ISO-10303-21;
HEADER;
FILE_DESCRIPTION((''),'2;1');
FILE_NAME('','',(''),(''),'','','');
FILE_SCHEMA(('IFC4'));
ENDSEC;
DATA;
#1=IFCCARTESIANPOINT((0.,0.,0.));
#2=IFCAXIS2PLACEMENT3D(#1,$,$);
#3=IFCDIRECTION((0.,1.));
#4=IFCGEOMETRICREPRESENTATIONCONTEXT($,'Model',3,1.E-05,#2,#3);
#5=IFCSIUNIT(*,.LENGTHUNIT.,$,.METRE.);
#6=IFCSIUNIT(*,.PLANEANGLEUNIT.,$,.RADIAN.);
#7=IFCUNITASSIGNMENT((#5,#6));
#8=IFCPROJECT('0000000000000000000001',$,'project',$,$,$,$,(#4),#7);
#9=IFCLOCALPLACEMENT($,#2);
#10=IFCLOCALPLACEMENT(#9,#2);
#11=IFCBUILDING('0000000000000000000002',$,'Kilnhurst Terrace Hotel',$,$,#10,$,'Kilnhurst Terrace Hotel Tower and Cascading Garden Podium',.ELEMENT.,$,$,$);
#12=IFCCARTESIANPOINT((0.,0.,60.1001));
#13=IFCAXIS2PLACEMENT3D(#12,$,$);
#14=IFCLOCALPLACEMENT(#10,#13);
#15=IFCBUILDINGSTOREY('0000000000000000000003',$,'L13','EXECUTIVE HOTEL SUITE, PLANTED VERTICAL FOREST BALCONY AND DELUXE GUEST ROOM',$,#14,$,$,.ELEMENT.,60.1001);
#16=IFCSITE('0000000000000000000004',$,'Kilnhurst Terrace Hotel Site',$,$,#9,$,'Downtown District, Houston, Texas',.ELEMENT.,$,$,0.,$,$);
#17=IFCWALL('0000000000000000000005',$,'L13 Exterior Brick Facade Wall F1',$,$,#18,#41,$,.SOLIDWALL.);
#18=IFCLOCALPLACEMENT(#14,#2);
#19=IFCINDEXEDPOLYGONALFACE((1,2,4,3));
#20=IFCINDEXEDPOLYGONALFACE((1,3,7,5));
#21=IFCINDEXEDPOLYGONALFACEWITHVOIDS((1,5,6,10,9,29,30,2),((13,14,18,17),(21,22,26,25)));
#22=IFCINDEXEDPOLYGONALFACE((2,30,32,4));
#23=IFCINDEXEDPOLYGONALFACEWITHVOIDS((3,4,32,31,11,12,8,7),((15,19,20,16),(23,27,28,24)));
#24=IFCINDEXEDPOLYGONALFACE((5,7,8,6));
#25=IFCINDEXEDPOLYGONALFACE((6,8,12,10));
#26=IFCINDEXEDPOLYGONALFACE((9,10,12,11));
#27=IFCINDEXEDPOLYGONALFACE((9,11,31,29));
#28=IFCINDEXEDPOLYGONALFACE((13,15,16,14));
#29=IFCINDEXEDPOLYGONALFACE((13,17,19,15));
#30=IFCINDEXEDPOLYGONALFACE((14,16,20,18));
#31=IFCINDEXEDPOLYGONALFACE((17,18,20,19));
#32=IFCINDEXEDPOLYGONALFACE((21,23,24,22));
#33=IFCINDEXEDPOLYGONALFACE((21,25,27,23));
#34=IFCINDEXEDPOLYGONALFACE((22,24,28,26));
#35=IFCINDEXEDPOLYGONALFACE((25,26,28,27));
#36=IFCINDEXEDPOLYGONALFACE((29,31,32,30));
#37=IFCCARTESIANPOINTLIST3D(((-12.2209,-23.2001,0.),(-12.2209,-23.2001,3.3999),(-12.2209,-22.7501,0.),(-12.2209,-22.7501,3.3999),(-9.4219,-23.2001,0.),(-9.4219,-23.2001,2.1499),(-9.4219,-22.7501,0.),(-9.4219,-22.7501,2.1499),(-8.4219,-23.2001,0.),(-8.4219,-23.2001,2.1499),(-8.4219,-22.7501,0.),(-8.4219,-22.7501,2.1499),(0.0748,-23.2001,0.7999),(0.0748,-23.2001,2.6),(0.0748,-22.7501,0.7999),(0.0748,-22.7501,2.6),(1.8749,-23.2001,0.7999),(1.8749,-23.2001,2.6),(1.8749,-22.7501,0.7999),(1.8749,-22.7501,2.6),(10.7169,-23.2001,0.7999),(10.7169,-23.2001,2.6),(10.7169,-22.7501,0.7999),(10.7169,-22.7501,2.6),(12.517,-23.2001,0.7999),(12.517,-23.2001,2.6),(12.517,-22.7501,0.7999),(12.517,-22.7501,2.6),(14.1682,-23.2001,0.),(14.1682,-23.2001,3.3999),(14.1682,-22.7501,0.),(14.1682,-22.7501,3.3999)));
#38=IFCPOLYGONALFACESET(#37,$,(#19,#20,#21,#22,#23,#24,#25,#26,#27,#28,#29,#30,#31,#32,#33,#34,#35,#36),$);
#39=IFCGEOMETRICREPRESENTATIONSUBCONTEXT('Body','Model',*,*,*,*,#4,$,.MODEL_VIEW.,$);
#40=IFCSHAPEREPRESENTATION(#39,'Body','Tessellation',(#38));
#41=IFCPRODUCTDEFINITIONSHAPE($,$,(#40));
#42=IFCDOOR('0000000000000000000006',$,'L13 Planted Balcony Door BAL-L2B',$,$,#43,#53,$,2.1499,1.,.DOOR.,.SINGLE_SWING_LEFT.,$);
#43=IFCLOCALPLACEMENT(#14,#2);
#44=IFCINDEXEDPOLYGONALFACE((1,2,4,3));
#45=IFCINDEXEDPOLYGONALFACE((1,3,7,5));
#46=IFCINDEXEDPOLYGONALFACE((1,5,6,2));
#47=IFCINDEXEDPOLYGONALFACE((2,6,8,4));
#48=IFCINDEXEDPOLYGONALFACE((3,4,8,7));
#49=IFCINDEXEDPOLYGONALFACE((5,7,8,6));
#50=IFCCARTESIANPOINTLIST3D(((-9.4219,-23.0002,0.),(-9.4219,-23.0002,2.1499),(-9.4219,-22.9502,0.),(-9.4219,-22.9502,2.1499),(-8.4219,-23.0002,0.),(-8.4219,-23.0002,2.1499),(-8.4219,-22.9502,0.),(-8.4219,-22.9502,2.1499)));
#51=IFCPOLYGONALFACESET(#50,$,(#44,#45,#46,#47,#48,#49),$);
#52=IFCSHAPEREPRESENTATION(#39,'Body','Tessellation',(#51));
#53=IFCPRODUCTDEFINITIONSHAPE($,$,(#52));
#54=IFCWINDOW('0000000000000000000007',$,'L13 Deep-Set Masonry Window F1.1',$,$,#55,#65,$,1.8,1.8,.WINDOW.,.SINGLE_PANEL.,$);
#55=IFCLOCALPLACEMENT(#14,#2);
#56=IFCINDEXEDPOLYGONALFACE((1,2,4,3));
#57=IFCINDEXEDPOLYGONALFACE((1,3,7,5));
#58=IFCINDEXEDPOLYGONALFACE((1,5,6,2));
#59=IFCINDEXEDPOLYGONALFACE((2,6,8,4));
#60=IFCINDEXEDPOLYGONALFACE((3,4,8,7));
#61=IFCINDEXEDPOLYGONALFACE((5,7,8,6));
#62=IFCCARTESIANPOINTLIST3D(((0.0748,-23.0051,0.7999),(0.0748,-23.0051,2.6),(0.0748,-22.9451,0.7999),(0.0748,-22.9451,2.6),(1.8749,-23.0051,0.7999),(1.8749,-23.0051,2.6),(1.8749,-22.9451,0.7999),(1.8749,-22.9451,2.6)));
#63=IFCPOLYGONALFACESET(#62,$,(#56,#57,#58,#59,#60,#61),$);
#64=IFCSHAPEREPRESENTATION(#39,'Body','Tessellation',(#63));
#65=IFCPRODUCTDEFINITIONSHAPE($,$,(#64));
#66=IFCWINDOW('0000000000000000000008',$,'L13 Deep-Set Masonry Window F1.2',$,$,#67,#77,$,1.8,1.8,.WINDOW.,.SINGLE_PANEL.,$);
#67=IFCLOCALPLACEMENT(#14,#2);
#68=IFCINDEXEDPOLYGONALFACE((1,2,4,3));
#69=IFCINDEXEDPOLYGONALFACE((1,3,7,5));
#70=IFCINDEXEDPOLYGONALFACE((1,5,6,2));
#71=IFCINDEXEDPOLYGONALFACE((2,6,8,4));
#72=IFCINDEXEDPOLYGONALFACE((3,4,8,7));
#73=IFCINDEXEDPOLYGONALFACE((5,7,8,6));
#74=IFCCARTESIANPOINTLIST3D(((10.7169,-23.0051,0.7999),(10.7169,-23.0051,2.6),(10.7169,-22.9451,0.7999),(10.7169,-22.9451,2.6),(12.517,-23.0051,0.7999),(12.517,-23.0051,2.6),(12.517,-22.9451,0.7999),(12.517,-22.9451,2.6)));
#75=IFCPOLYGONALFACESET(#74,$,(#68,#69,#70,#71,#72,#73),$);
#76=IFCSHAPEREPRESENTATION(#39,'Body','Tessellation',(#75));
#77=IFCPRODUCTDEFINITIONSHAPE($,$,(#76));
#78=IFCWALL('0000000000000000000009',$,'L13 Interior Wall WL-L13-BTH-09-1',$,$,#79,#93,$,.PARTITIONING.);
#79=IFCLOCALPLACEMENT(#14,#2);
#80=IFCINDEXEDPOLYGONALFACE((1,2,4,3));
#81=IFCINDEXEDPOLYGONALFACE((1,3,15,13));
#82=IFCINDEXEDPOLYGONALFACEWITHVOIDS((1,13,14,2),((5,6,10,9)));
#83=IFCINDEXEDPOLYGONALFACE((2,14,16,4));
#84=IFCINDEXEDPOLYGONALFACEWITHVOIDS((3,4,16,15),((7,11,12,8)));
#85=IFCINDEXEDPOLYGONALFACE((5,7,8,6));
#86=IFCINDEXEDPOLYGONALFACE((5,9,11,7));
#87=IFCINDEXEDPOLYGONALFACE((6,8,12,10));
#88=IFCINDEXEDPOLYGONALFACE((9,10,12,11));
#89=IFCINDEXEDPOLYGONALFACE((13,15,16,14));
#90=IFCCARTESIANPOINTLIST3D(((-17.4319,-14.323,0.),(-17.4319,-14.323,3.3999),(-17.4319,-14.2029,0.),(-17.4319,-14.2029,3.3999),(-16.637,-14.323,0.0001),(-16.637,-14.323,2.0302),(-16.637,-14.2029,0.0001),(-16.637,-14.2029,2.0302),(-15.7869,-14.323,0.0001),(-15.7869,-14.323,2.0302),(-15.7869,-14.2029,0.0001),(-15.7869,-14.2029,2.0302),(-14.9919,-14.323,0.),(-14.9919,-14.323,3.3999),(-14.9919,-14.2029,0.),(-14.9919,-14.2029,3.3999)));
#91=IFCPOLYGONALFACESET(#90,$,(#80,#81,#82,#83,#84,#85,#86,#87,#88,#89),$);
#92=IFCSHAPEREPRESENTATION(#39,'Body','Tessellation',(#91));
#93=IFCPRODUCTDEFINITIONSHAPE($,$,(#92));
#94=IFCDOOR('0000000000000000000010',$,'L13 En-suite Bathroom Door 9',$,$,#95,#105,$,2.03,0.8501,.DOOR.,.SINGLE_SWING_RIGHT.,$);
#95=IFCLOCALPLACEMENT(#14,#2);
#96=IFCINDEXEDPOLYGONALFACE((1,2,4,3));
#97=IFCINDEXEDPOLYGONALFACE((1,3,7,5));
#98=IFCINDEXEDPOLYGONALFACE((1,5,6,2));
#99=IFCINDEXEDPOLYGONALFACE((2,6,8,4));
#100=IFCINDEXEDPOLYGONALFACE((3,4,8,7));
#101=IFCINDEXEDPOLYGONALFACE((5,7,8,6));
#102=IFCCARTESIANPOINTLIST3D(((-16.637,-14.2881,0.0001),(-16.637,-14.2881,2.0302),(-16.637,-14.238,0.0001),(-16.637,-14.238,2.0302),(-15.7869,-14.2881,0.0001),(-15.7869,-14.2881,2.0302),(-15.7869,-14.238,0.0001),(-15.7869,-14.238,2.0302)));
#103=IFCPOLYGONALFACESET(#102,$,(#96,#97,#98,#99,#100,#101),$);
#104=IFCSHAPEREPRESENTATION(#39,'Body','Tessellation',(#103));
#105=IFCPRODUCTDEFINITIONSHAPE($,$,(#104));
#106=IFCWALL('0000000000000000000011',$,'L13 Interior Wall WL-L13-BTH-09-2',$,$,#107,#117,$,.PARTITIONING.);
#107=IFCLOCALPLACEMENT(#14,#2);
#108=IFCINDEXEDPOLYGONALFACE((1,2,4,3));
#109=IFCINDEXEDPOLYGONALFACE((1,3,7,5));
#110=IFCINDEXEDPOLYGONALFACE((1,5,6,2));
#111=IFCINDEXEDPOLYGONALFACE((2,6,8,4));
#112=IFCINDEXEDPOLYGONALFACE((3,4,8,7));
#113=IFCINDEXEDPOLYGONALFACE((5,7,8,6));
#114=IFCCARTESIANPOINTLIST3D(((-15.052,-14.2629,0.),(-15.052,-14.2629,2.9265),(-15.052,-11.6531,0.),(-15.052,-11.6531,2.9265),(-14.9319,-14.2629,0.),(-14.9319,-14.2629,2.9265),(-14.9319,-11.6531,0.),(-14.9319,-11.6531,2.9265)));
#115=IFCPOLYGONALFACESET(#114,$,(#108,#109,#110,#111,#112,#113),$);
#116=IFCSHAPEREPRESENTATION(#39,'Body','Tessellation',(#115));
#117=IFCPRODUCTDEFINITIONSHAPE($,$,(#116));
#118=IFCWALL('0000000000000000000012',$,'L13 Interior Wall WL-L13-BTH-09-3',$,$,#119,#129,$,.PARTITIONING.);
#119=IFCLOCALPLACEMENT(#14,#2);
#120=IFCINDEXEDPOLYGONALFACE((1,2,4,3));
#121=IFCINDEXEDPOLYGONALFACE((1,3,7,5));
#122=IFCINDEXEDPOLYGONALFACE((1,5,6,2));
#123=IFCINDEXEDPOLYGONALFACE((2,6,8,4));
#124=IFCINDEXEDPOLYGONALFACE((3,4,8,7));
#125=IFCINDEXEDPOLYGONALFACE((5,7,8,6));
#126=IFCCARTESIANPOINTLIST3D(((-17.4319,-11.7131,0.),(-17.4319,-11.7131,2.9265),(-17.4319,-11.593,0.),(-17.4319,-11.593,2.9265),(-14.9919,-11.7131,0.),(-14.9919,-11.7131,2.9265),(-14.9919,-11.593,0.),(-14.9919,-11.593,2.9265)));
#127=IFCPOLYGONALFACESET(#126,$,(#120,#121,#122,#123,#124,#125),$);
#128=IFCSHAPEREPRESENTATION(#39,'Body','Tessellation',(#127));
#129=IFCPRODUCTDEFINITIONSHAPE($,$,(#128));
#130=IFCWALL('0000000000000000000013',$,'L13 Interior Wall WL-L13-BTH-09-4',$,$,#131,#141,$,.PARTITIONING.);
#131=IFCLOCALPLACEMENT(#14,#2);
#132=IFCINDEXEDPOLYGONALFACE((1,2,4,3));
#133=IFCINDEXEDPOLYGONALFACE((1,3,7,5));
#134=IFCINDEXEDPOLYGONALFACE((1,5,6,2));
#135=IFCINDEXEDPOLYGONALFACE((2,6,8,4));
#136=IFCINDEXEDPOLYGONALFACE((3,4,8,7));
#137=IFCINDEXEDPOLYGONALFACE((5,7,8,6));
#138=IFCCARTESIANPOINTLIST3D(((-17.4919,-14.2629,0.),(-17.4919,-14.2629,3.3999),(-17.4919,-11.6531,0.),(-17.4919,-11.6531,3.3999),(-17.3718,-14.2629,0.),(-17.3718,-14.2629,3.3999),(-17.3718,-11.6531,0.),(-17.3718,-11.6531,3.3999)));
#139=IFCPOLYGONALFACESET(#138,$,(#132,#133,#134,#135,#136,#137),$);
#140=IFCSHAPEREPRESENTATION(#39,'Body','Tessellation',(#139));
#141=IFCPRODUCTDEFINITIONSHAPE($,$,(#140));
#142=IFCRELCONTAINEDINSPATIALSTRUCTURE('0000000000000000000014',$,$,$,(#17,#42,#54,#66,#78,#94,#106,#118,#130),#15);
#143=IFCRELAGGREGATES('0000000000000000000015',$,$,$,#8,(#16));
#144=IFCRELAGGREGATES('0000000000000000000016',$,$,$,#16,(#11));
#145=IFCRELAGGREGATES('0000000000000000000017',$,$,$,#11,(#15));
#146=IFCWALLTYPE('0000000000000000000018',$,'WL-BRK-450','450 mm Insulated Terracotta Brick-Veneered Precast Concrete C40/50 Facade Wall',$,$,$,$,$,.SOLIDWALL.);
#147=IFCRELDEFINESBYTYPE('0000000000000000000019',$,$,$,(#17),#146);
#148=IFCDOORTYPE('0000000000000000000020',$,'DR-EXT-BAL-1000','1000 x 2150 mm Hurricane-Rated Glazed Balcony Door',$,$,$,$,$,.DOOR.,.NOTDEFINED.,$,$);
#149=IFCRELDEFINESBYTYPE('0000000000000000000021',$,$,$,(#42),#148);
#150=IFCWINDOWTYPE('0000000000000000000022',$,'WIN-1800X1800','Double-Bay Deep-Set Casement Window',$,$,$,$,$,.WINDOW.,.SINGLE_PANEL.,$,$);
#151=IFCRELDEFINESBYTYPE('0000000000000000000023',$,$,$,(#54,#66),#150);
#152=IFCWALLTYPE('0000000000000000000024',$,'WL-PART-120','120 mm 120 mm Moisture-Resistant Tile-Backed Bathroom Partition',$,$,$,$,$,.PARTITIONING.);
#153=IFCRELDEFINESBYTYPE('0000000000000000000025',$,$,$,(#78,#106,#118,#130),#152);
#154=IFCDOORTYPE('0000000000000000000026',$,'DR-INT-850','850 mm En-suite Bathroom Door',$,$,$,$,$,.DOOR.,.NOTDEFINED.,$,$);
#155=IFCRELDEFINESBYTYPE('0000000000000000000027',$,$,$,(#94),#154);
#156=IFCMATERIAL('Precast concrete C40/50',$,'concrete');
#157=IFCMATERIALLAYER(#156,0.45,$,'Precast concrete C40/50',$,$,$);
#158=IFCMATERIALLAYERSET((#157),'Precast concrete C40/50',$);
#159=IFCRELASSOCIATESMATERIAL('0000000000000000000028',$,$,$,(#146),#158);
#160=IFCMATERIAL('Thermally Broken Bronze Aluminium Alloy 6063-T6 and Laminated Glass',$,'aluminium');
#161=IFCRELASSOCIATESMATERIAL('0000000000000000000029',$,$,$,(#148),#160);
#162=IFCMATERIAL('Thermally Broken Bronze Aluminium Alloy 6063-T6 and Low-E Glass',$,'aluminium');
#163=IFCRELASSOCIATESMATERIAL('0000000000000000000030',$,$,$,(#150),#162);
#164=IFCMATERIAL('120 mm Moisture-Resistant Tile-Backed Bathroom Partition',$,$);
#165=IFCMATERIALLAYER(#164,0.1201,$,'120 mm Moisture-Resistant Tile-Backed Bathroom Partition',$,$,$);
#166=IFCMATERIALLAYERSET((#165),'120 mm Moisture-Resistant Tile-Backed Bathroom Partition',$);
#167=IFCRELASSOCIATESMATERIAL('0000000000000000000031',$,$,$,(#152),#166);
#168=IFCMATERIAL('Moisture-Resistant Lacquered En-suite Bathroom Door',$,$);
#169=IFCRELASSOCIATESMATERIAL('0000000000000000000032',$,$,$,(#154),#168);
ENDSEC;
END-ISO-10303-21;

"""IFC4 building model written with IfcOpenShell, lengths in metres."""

from ifc_helpers import new_model, si_unit, direction, frame, frame_2d, origin, place, context, subcontext, project, spatial, rectangle, extrude, material, layer, layer_set, type_object, element, fill, save


model = new_model("IFC4")

# Units and contexts
model_context = context("Model", 3, precision=1e-05, world=origin(), true_north=direction((0.0, 1.0)))
body_context = subcontext(model_context, "Body", "Model", "MODEL_VIEW")
ifc_project = project(units=[si_unit("LENGTHUNIT", "METRE"), si_unit("PLANEANGLEUNIT", "RADIAN")], contexts=[model_context])

# Site, building, storey
site_placement = place(None, origin())
site = spatial("IfcSite", under=ifc_project, at=site_placement, Name="Kilnhurst Terrace Hotel Site", LongName="Downtown District, Houston, Texas", CompositionType="ELEMENT", RefElevation=0.0)
building_placement = place(site_placement, origin())
building = spatial("IfcBuilding", under=site, at=building_placement, Name="Kilnhurst Terrace Hotel", LongName="Kilnhurst Terrace Hotel Tower and Cascading Garden Podium", CompositionType="ELEMENT")
storey_placement = place(building_placement, frame((0.0, 0.0, 60.1001)))
storey = spatial("IfcBuildingStorey", under=building, at=storey_placement, Name="L13", Description="EXECUTIVE HOTEL SUITE, PLANTED VERTICAL FOREST BALCONY AND DELUXE GUEST ROOM", CompositionType="ELEMENT", Elevation=60.1001)

# Shared definitions
ifc_material_1 = material(Name="Precast concrete C40/50", Category="concrete")
ifc_layer_1 = layer(ifc_material_1, 0.45, Name="Precast concrete C40/50")
ifc_layer_set_1 = layer_set([ifc_layer_1], Name="Precast concrete C40/50")
wall_type_1 = type_object("IfcWallType", Name="WL-BRK-450", Description="450 mm Insulated Terracotta Brick-Veneered Precast Concrete C40/50 Facade Wall", PredefinedType="SOLIDWALL", material=ifc_layer_set_1)

# Wall, openings, door, windows
wall_1_placement = place(storey_placement, frame((-12.2209, -22.9751, 0.0), z_axis=(0.0, 0.0, 1.0), x_axis=(1.0, 0.0, 0.0)))
wall_1 = element("IfcWall", 1, at=wall_1_placement, inside=storey, type_object=wall_type_1, Name="L13 Exterior Brick Facade Wall F1", PredefinedType="SOLIDWALL", context=body_context, shape_type="SweptSolid", body=[
    extrude(rectangle(XDim=26.3892, YDim=0.45, at=frame_2d((13.1946, 0.0))), origin(), (0.0, 0.0, 1.0), 3.3999),
])
opening_1_placement = place(wall_1_placement, frame((2.7991, 0.0, 0.0)))
opening_1 = element("IfcOpeningElement", 2, at=opening_1_placement, cuts=wall_1, PredefinedType="OPENING", context=body_context, shape_type="SweptSolid", body=[
    extrude(rectangle(XDim=1.0, YDim=2.1499, at=frame_2d((0.5, 1.075))), frame((0.0, 0.2349, 0.0), z_axis=(0.0, -1.0, 0.0), x_axis=(1.0, 0.0, 0.0)), (0.0, 0.0, 1.0), 0.47),
])
opening_2_placement = place(wall_1_placement, frame((12.2959, 0.0, 0.8)))
opening_2 = element("IfcOpeningElement", 3, at=opening_2_placement, cuts=wall_1, PredefinedType="OPENING", context=body_context, shape_type="SweptSolid", body=[
    extrude(rectangle(XDim=1.8, YDim=1.8, at=frame_2d((0.8999, 0.8999))), frame((0.0, 0.2349, 0.0), z_axis=(0.0, -1.0, 0.0), x_axis=(1.0, 0.0, 0.0)), (0.0, 0.0, 1.0), 0.47),
])
opening_3_placement = place(wall_1_placement, frame((22.938, 0.0, 0.8)))
opening_3 = element("IfcOpeningElement", 4, at=opening_3_placement, cuts=wall_1, PredefinedType="OPENING", context=body_context, shape_type="SweptSolid", body=[
    extrude(rectangle(XDim=1.8, YDim=1.8, at=frame_2d((0.8999, 0.8999))), frame((0.0, 0.2349, 0.0), z_axis=(0.0, -1.0, 0.0), x_axis=(1.0, 0.0, 0.0)), (0.0, 0.0, 1.0), 0.47),
])
ifc_material_2 = material(Name="Thermally Broken Bronze Aluminium Alloy 6063-T6 and Laminated Glass", Category="aluminium")
door_type_1 = type_object("IfcDoorType", Name="DR-EXT-BAL-1000", Description="1000 x 2150 mm Hurricane-Rated Glazed Balcony Door", OperationType="NOTDEFINED", PredefinedType="DOOR", material=ifc_material_2)
door_1_placement = place(opening_1_placement, origin())
door_1 = element("IfcDoor", 5, at=door_1_placement, inside=storey, type_object=door_type_1, Name="L13 Planted Balcony Door BAL-L2B", OperationType="SINGLE_SWING_LEFT", OverallHeight=2.1499, OverallWidth=1.0, PredefinedType="DOOR", context=body_context, shape_type="SweptSolid", body=[
    extrude(rectangle(XDim=1.0, YDim=2.1499, at=frame_2d((0.5, 1.075))), frame((0.0, 0.0249, 0.0), z_axis=(0.0, -1.0, 0.0), x_axis=(1.0, 0.0, 0.0)), (0.0, 0.0, 1.0), 0.05),
])
fill(opening_1, door_1)
ifc_material_3 = material(Name="Thermally Broken Bronze Aluminium Alloy 6063-T6 and Low-E Glass", Category="aluminium")
window_type = type_object("IfcWindowType", Name="WIN-1800X1800", Description="Double-Bay Deep-Set Casement Window", PartitioningType="SINGLE_PANEL", PredefinedType="WINDOW", material=ifc_material_3)
window_1_placement = place(opening_2_placement, origin())
window_1 = element("IfcWindow", 6, at=window_1_placement, inside=storey, type_object=window_type, Name="L13 Deep-Set Masonry Window F1.1", OverallHeight=1.8, OverallWidth=1.8, PartitioningType="SINGLE_PANEL", PredefinedType="WINDOW", context=body_context, shape_type="SweptSolid", body=[
    extrude(rectangle(XDim=1.8, YDim=1.8, at=frame_2d((0.8999, 0.8999))), frame((0.0, 0.03, 0.0), z_axis=(0.0, -1.0, 0.0), x_axis=(1.0, 0.0, 0.0)), (0.0, 0.0, 1.0), 0.0601),
])
fill(opening_2, window_1)
window_2_placement = place(opening_3_placement, origin())
window_2 = element("IfcWindow", 7, at=window_2_placement, inside=storey, type_object=window_type, Name="L13 Deep-Set Masonry Window F1.2", OverallHeight=1.8, OverallWidth=1.8, PartitioningType="SINGLE_PANEL", PredefinedType="WINDOW", context=body_context, shape_type="SweptSolid", body=[
    extrude(rectangle(XDim=1.8, YDim=1.8, at=frame_2d((0.8999, 0.8999))), frame((0.0, 0.03, 0.0), z_axis=(0.0, -1.0, 0.0), x_axis=(1.0, 0.0, 0.0)), (0.0, 0.0, 1.0), 0.0601),
])
fill(opening_3, window_2)

# Wall, opening, door
ifc_material_4 = material(Name="120 mm Moisture-Resistant Tile-Backed Bathroom Partition")
ifc_layer_2 = layer(ifc_material_4, 0.1201, Name="120 mm Moisture-Resistant Tile-Backed Bathroom Partition")
ifc_layer_set_2 = layer_set([ifc_layer_2], Name="120 mm Moisture-Resistant Tile-Backed Bathroom Partition")
wall_type_2 = type_object("IfcWallType", Name="WL-PART-120", Description="120 mm 120 mm Moisture-Resistant Tile-Backed Bathroom Partition", PredefinedType="PARTITIONING", material=ifc_layer_set_2)
wall_2_placement = place(storey_placement, frame((-17.4319, -14.2629, 0.0), z_axis=(0.0, 0.0, 1.0), x_axis=(1.0, 0.0, 0.0)))
wall_2 = element("IfcWall", 8, at=wall_2_placement, inside=storey, type_object=wall_type_2, Name="L13 Interior Wall WL-L13-BTH-09-1", PredefinedType="PARTITIONING", context=body_context, shape_type="SweptSolid", body=[
    extrude(rectangle(XDim=2.4399, YDim=0.1201, at=frame_2d((1.22, 0.0))), origin(), (0.0, 0.0, 1.0), 3.3999),
])
opening_4_placement = place(wall_2_placement, frame((0.7949, 0.0, 0.0)))
opening_4 = element("IfcOpeningElement", 9, at=opening_4_placement, cuts=wall_2, PredefinedType="OPENING", context=body_context, shape_type="SweptSolid", body=[
    extrude(rectangle(XDim=0.8501, YDim=2.03, at=frame_2d((0.425, 1.0151))), frame((0.0, 0.0701, 0.0), z_axis=(0.0, -1.0, 0.0), x_axis=(1.0, 0.0, 0.0)), (0.0, 0.0, 1.0), 0.1401),
])
ifc_material_5 = material(Name="Moisture-Resistant Lacquered En-suite Bathroom Door")
door_type_2 = type_object("IfcDoorType", Name="DR-INT-850", Description="850 mm En-suite Bathroom Door", OperationType="NOTDEFINED", PredefinedType="DOOR", material=ifc_material_5)
door_2_placement = place(opening_4_placement, origin())
door_2 = element("IfcDoor", 10, at=door_2_placement, inside=storey, type_object=door_type_2, Name="L13 En-suite Bathroom Door 9", OperationType="SINGLE_SWING_RIGHT", OverallHeight=2.03, OverallWidth=0.8501, PredefinedType="DOOR", context=body_context, shape_type="SweptSolid", body=[
    extrude(rectangle(XDim=0.8501, YDim=2.03, at=frame_2d((0.425, 1.0151))), frame((0.0, 0.0249, 0.0), z_axis=(0.0, -1.0, 0.0), x_axis=(1.0, 0.0, 0.0)), (0.0, 0.0, 1.0), 0.05),
])
fill(opening_4, door_2)

# Walls
wall_3_placement = place(storey_placement, frame((-14.9919, -14.2629, 0.0), z_axis=(0.0, 0.0, 1.0), x_axis=(0.0, 1.0, 0.0)))
element("IfcWall", 11, at=wall_3_placement, inside=storey, type_object=wall_type_2, Name="L13 Interior Wall WL-L13-BTH-09-2", PredefinedType="PARTITIONING", context=body_context, shape_type="SweptSolid", body=[
    extrude(rectangle(XDim=2.6099, YDim=0.1201, at=frame_2d((1.3049, 0.0))), origin(), (0.0, 0.0, 1.0), 2.9265),
])
wall_4_placement = place(storey_placement, frame((-14.9919, -11.6531, 0.0), z_axis=(0.0, 0.0, 1.0), x_axis=(-1.0, 0.0, 0.0)))
element("IfcWall", 12, at=wall_4_placement, inside=storey, type_object=wall_type_2, Name="L13 Interior Wall WL-L13-BTH-09-3", PredefinedType="PARTITIONING", context=body_context, shape_type="SweptSolid", body=[
    extrude(rectangle(XDim=2.4399, YDim=0.1201, at=frame_2d((1.22, 0.0))), origin(), (0.0, 0.0, 1.0), 2.9265),
])
wall_5_placement = place(storey_placement, frame((-17.4319, -11.6531, 0.0), z_axis=(0.0, 0.0, 1.0), x_axis=(0.0, -1.0, 0.0)))
element("IfcWall", 13, at=wall_5_placement, inside=storey, type_object=wall_type_2, Name="L13 Interior Wall WL-L13-BTH-09-4", PredefinedType="PARTITIONING", context=body_context, shape_type="SweptSolid", body=[
    extrude(rectangle(XDim=2.6099, YDim=0.1201, at=frame_2d((1.3049, 0.0))), origin(), (0.0, 0.0, 1.0), 3.3999),
])

save(model, "model.ifc")
